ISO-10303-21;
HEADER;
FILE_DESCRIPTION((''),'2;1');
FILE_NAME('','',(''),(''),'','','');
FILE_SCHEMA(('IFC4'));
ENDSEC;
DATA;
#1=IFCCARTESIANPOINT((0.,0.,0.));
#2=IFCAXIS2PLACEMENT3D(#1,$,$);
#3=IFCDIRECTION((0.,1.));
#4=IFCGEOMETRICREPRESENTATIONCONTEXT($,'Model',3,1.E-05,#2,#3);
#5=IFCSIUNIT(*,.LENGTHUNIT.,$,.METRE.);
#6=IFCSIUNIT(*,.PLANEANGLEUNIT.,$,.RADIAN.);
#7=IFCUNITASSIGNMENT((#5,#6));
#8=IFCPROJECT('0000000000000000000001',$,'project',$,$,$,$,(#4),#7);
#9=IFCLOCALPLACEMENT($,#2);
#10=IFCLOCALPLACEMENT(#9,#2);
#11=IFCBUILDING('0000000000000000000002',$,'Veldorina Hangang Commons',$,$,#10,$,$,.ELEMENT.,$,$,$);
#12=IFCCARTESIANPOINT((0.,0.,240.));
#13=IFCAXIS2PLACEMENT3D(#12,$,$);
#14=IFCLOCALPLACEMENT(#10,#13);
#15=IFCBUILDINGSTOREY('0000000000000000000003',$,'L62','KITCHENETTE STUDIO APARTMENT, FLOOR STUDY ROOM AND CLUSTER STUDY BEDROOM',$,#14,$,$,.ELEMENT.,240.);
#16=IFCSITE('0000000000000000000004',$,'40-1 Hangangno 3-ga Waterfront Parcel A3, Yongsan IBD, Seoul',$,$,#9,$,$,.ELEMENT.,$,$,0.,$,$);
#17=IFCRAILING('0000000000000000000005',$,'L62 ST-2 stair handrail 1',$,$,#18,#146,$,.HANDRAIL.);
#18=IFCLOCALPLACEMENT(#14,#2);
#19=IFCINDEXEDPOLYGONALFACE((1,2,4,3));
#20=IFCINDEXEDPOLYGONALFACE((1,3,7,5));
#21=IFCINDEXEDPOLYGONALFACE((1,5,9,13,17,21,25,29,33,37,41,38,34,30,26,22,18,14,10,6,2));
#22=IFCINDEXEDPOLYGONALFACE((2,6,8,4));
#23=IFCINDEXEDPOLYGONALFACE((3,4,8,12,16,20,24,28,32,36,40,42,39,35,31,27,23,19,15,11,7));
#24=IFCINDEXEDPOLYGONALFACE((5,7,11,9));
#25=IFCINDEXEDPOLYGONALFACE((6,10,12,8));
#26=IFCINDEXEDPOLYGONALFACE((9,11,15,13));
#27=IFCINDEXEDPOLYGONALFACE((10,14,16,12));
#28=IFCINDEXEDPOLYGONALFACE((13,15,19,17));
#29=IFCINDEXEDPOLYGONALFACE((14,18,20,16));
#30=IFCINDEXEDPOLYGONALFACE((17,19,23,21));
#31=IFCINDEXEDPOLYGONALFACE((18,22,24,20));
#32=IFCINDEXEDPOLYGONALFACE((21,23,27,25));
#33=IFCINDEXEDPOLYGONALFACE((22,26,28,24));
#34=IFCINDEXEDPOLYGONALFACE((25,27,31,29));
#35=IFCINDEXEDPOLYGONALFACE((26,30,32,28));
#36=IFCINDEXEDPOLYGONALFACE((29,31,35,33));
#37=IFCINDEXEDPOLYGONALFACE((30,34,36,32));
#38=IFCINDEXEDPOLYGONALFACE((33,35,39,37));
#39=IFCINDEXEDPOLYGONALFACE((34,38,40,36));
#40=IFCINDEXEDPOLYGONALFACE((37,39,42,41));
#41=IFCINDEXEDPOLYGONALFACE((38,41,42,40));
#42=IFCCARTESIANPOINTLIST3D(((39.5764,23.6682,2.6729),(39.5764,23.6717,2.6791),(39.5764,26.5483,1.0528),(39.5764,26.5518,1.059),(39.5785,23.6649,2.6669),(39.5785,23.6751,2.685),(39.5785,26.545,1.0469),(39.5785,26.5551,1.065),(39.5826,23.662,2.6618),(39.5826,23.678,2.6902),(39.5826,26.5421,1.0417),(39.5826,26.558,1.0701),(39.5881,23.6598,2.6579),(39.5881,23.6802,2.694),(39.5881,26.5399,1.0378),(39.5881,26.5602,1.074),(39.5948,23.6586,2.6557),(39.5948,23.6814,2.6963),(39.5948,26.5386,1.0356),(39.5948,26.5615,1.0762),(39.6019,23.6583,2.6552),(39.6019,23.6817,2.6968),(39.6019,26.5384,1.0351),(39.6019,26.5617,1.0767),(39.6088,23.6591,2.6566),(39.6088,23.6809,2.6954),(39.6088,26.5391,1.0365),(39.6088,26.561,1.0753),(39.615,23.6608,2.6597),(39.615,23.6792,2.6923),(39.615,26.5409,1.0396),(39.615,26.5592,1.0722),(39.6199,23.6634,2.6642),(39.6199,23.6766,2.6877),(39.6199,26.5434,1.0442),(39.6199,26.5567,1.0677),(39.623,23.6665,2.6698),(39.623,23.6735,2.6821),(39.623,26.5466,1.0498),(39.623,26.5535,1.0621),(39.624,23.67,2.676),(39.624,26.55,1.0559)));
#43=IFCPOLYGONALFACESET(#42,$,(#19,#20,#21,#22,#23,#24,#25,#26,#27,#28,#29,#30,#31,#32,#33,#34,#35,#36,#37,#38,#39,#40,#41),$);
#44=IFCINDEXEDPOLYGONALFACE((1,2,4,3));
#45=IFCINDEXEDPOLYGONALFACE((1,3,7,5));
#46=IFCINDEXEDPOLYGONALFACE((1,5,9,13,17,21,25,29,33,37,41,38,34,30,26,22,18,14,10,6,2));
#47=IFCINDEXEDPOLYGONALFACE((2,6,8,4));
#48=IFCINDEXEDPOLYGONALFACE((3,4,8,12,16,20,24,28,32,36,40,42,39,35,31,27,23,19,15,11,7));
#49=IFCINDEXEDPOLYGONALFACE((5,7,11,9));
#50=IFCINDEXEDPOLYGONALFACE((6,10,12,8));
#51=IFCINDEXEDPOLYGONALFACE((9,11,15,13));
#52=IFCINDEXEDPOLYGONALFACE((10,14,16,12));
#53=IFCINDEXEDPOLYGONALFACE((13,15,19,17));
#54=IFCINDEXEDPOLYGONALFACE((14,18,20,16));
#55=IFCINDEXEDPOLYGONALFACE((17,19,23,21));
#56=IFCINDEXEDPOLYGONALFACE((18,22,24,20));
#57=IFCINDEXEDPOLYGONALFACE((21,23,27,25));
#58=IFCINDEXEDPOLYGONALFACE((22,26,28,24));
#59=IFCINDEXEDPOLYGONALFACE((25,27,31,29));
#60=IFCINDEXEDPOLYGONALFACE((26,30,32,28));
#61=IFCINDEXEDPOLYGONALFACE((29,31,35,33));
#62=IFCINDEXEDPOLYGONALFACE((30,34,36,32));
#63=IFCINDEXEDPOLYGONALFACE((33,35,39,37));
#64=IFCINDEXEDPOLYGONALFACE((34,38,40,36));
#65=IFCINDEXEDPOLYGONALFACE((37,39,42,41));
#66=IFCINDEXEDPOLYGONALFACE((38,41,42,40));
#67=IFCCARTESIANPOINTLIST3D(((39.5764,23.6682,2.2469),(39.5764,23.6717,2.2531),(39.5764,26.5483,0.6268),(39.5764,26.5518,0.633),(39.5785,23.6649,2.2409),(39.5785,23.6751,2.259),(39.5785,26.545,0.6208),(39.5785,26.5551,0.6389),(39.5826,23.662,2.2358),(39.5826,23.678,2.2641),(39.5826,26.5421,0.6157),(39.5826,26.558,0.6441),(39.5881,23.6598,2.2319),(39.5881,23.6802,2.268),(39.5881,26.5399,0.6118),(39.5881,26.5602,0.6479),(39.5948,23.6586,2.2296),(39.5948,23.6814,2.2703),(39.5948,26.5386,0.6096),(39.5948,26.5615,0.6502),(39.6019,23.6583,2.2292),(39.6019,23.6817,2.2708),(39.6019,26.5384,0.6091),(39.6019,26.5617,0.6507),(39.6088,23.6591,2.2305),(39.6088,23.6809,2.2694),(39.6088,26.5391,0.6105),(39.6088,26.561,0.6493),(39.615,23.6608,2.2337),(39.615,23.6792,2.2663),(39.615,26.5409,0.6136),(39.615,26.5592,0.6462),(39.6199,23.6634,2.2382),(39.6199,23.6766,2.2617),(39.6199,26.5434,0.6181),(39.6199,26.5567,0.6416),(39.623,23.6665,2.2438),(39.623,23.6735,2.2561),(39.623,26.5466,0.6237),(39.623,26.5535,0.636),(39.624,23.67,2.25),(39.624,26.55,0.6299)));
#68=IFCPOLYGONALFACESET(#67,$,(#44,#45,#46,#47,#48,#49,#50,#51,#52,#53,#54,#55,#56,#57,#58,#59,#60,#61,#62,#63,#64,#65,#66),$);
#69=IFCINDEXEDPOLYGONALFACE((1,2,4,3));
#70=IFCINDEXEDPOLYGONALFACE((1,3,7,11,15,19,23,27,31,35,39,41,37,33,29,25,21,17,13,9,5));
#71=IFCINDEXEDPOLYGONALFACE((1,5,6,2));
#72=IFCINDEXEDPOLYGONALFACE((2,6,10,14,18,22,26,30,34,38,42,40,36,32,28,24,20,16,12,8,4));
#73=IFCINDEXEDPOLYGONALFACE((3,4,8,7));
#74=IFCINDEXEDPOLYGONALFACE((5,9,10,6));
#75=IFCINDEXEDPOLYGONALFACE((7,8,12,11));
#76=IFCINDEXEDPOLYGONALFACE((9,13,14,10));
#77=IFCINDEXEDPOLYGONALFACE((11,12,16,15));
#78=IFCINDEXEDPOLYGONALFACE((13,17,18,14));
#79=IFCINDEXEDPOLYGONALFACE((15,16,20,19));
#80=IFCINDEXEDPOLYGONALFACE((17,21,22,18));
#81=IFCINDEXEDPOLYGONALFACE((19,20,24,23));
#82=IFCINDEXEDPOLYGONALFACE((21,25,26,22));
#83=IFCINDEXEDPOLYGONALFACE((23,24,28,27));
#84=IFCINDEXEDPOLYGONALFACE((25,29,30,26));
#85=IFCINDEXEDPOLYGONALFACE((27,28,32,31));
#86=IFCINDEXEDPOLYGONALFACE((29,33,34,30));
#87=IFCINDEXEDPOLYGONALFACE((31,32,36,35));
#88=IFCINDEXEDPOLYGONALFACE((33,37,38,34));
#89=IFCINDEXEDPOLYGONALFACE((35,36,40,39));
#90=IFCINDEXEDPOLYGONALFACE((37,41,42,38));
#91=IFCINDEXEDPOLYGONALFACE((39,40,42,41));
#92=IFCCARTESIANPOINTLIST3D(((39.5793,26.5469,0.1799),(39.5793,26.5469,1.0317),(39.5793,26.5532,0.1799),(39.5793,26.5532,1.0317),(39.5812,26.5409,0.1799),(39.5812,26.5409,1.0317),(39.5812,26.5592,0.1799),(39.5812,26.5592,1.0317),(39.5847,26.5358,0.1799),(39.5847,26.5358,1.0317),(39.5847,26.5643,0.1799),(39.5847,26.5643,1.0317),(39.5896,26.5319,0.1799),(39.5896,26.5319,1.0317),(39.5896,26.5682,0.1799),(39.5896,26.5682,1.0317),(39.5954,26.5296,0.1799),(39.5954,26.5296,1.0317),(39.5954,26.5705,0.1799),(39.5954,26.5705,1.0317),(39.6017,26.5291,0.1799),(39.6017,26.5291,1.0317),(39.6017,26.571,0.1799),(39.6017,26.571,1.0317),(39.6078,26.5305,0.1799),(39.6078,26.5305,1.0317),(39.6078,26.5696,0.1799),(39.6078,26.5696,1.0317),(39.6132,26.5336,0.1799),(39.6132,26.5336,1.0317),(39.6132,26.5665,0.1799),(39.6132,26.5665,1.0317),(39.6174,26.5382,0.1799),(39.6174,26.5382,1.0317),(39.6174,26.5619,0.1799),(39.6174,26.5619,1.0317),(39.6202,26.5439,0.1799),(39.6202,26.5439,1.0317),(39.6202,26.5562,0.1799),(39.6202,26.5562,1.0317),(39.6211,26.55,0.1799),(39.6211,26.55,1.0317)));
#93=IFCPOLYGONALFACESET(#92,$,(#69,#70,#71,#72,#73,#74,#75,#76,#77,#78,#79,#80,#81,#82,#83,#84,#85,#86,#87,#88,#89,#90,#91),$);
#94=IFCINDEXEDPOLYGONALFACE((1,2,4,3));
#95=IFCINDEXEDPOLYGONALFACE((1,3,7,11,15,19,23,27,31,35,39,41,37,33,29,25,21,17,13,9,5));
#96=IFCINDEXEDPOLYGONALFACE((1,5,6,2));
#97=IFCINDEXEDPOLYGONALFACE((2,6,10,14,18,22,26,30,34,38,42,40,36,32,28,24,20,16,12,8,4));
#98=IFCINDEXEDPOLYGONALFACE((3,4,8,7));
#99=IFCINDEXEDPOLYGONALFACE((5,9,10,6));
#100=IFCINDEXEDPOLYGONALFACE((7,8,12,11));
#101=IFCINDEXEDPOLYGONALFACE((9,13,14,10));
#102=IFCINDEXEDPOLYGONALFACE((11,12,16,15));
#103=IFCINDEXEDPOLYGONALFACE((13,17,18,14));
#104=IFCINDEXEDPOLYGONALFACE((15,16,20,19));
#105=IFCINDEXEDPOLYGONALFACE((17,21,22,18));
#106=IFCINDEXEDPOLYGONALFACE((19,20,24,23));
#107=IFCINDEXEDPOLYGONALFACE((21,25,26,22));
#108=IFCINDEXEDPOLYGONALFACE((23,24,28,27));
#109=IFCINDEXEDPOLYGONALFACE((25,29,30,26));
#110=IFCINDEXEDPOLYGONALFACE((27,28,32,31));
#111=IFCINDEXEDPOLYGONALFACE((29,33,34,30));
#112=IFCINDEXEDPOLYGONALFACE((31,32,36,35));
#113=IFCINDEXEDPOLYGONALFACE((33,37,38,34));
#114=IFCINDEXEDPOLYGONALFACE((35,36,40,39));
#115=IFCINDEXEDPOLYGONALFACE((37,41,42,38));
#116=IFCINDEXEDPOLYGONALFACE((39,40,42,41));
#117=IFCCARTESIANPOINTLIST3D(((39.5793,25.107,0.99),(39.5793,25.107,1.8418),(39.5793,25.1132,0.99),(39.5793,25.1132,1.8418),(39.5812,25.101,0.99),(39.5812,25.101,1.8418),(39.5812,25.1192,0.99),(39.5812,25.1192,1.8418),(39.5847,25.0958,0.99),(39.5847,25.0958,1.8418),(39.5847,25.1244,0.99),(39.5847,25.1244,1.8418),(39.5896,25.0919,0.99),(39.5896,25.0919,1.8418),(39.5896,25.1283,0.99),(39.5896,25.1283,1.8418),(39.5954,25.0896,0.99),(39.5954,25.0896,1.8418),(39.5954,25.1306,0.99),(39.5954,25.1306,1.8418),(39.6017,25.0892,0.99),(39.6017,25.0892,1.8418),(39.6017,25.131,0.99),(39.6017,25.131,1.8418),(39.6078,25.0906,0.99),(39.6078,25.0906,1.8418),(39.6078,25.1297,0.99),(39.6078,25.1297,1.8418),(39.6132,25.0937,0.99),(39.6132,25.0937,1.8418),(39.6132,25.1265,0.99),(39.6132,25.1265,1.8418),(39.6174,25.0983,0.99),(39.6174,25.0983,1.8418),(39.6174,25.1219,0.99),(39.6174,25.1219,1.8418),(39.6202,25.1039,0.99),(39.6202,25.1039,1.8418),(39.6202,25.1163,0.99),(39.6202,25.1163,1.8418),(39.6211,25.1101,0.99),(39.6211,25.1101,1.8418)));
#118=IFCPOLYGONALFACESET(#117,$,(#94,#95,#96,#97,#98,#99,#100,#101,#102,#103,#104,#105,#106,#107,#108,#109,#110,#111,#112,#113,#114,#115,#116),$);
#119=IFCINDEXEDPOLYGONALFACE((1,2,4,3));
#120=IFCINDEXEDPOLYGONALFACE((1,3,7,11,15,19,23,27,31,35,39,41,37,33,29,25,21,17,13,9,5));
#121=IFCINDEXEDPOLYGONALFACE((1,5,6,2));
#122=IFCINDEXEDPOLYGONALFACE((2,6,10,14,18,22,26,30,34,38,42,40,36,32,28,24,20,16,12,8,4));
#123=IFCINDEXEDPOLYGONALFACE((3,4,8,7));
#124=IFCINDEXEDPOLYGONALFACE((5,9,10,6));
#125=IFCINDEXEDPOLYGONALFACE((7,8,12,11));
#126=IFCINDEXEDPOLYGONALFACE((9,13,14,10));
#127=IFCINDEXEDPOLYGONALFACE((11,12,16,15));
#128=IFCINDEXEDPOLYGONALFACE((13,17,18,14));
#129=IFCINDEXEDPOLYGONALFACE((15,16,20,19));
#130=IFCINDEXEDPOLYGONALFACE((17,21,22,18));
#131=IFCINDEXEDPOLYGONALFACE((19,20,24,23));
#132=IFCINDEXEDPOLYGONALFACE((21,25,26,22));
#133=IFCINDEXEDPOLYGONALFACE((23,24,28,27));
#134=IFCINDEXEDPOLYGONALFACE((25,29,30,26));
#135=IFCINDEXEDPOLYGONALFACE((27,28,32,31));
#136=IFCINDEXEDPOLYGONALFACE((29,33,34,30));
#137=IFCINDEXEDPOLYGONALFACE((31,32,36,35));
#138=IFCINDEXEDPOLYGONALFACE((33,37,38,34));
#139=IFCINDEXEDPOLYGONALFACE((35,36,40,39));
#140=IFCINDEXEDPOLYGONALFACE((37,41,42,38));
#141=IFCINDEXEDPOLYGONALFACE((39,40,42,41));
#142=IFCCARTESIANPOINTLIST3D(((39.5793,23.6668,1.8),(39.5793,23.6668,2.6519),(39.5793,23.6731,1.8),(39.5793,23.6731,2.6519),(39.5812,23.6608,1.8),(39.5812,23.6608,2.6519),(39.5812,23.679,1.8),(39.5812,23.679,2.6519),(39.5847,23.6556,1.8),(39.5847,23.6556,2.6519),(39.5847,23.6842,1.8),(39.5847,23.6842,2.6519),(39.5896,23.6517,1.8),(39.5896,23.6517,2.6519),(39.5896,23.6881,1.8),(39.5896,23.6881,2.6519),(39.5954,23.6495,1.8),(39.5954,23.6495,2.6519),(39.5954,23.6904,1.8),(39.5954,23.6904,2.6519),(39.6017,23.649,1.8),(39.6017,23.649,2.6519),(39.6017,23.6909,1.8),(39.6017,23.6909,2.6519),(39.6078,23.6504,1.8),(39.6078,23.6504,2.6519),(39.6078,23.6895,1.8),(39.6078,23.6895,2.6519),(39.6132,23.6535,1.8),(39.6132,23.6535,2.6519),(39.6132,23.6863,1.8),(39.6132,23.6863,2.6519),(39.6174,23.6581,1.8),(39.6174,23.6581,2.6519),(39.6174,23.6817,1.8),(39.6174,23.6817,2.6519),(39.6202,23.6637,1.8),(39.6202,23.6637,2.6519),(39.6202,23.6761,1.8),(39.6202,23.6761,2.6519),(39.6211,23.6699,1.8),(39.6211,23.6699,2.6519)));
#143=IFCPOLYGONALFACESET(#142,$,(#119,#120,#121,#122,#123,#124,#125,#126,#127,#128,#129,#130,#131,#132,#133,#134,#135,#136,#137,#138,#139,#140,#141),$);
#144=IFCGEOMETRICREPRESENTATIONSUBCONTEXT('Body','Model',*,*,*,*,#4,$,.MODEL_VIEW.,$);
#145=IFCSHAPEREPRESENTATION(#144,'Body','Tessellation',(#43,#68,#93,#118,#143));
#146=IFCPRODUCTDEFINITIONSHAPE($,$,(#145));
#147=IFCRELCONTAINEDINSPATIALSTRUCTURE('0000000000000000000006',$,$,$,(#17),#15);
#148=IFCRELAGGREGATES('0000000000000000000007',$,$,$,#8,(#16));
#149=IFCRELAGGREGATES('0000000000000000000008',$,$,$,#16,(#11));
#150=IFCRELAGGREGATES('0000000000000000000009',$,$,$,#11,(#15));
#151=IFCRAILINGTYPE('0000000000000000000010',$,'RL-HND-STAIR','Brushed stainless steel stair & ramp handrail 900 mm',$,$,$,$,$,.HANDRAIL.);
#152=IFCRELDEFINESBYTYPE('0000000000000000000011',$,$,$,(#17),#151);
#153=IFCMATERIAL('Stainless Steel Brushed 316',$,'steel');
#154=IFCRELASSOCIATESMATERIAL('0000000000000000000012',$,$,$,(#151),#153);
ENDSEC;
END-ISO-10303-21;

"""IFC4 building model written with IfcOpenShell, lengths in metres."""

from ifc_helpers import new_model, si_unit, direction, frame, origin, origin_2d, place, context, subcontext, project, spatial, circle, extrude, material, type_object, element, save


model = new_model("IFC4")

# Units and contexts
model_context = context("Model", 3, precision=1e-05, world=origin(), true_north=direction((0.0, 1.0)))
body_context = subcontext(model_context, "Body", "Model", "MODEL_VIEW")
ifc_project = project(units=[si_unit("LENGTHUNIT", "METRE"), si_unit("PLANEANGLEUNIT", "RADIAN")], contexts=[model_context])

# Site, building, storey
site_placement = place(None, origin())
site = spatial("IfcSite", under=ifc_project, at=site_placement, Name="40-1 Hangangno 3-ga Waterfront Parcel A3, Yongsan IBD, Seoul", CompositionType="ELEMENT", RefElevation=0.0)
building_placement = place(site_placement, origin())
building = spatial("IfcBuilding", under=site, at=building_placement, Name="Veldorina Hangang Commons", CompositionType="ELEMENT")
storey_placement = place(building_placement, frame((0.0, 0.0, 240.0)))
storey = spatial("IfcBuildingStorey", under=building, at=storey_placement, Name="L62", Description="KITCHENETTE STUDIO APARTMENT, FLOOR STUDY ROOM AND CLUSTER STUDY BEDROOM", CompositionType="ELEMENT", Elevation=240.0)

# Railing
ifc_material_1 = material(Name="Stainless Steel Brushed 316", Category="steel")
railing_type_1 = type_object("IfcRailingType", Name="RL-HND-STAIR", Description="Brushed stainless steel stair & ramp handrail 900 mm", PredefinedType="HANDRAIL", material=ifc_material_1)
railing_1_placement = place(storey_placement, frame((39.6001, 26.55, 0.1799)))
element("IfcRailing", 1, at=railing_1_placement, inside=storey, type_object=railing_type_1, Name="L62 ST-2 stair handrail 1", PredefinedType="HANDRAIL", context=body_context, shape_type="SweptSolid", body=[
    extrude(circle(Radius=0.0239, at=origin_2d()), frame((0.0, 0.0, 0.876), z_axis=(0.0, -0.87157, 0.490272), x_axis=(1.0, 0.0, 0.0)), (0.0, 0.0, 1.0), 3.3044),
    extrude(circle(Radius=0.0239, at=origin_2d()), frame((0.0, 0.0, 0.45), z_axis=(0.0, -0.87157, 0.490272), x_axis=(1.0, 0.0, 0.0)), (0.0, 0.0, 1.0), 3.3044),
    extrude(circle(Radius=0.021, at=origin_2d()), origin(), (0.0, 0.0, 1.0), 0.8518),
    extrude(circle(Radius=0.021, at=origin_2d()), frame((0.0, -1.4399, 0.8101)), (0.0, 0.0, 1.0), 0.8518),
    extrude(circle(Radius=0.021, at=origin_2d()), frame((0.0, -2.8801, 1.6201)), (0.0, 0.0, 1.0), 0.8518),
])

save(model, "model.ifc")
